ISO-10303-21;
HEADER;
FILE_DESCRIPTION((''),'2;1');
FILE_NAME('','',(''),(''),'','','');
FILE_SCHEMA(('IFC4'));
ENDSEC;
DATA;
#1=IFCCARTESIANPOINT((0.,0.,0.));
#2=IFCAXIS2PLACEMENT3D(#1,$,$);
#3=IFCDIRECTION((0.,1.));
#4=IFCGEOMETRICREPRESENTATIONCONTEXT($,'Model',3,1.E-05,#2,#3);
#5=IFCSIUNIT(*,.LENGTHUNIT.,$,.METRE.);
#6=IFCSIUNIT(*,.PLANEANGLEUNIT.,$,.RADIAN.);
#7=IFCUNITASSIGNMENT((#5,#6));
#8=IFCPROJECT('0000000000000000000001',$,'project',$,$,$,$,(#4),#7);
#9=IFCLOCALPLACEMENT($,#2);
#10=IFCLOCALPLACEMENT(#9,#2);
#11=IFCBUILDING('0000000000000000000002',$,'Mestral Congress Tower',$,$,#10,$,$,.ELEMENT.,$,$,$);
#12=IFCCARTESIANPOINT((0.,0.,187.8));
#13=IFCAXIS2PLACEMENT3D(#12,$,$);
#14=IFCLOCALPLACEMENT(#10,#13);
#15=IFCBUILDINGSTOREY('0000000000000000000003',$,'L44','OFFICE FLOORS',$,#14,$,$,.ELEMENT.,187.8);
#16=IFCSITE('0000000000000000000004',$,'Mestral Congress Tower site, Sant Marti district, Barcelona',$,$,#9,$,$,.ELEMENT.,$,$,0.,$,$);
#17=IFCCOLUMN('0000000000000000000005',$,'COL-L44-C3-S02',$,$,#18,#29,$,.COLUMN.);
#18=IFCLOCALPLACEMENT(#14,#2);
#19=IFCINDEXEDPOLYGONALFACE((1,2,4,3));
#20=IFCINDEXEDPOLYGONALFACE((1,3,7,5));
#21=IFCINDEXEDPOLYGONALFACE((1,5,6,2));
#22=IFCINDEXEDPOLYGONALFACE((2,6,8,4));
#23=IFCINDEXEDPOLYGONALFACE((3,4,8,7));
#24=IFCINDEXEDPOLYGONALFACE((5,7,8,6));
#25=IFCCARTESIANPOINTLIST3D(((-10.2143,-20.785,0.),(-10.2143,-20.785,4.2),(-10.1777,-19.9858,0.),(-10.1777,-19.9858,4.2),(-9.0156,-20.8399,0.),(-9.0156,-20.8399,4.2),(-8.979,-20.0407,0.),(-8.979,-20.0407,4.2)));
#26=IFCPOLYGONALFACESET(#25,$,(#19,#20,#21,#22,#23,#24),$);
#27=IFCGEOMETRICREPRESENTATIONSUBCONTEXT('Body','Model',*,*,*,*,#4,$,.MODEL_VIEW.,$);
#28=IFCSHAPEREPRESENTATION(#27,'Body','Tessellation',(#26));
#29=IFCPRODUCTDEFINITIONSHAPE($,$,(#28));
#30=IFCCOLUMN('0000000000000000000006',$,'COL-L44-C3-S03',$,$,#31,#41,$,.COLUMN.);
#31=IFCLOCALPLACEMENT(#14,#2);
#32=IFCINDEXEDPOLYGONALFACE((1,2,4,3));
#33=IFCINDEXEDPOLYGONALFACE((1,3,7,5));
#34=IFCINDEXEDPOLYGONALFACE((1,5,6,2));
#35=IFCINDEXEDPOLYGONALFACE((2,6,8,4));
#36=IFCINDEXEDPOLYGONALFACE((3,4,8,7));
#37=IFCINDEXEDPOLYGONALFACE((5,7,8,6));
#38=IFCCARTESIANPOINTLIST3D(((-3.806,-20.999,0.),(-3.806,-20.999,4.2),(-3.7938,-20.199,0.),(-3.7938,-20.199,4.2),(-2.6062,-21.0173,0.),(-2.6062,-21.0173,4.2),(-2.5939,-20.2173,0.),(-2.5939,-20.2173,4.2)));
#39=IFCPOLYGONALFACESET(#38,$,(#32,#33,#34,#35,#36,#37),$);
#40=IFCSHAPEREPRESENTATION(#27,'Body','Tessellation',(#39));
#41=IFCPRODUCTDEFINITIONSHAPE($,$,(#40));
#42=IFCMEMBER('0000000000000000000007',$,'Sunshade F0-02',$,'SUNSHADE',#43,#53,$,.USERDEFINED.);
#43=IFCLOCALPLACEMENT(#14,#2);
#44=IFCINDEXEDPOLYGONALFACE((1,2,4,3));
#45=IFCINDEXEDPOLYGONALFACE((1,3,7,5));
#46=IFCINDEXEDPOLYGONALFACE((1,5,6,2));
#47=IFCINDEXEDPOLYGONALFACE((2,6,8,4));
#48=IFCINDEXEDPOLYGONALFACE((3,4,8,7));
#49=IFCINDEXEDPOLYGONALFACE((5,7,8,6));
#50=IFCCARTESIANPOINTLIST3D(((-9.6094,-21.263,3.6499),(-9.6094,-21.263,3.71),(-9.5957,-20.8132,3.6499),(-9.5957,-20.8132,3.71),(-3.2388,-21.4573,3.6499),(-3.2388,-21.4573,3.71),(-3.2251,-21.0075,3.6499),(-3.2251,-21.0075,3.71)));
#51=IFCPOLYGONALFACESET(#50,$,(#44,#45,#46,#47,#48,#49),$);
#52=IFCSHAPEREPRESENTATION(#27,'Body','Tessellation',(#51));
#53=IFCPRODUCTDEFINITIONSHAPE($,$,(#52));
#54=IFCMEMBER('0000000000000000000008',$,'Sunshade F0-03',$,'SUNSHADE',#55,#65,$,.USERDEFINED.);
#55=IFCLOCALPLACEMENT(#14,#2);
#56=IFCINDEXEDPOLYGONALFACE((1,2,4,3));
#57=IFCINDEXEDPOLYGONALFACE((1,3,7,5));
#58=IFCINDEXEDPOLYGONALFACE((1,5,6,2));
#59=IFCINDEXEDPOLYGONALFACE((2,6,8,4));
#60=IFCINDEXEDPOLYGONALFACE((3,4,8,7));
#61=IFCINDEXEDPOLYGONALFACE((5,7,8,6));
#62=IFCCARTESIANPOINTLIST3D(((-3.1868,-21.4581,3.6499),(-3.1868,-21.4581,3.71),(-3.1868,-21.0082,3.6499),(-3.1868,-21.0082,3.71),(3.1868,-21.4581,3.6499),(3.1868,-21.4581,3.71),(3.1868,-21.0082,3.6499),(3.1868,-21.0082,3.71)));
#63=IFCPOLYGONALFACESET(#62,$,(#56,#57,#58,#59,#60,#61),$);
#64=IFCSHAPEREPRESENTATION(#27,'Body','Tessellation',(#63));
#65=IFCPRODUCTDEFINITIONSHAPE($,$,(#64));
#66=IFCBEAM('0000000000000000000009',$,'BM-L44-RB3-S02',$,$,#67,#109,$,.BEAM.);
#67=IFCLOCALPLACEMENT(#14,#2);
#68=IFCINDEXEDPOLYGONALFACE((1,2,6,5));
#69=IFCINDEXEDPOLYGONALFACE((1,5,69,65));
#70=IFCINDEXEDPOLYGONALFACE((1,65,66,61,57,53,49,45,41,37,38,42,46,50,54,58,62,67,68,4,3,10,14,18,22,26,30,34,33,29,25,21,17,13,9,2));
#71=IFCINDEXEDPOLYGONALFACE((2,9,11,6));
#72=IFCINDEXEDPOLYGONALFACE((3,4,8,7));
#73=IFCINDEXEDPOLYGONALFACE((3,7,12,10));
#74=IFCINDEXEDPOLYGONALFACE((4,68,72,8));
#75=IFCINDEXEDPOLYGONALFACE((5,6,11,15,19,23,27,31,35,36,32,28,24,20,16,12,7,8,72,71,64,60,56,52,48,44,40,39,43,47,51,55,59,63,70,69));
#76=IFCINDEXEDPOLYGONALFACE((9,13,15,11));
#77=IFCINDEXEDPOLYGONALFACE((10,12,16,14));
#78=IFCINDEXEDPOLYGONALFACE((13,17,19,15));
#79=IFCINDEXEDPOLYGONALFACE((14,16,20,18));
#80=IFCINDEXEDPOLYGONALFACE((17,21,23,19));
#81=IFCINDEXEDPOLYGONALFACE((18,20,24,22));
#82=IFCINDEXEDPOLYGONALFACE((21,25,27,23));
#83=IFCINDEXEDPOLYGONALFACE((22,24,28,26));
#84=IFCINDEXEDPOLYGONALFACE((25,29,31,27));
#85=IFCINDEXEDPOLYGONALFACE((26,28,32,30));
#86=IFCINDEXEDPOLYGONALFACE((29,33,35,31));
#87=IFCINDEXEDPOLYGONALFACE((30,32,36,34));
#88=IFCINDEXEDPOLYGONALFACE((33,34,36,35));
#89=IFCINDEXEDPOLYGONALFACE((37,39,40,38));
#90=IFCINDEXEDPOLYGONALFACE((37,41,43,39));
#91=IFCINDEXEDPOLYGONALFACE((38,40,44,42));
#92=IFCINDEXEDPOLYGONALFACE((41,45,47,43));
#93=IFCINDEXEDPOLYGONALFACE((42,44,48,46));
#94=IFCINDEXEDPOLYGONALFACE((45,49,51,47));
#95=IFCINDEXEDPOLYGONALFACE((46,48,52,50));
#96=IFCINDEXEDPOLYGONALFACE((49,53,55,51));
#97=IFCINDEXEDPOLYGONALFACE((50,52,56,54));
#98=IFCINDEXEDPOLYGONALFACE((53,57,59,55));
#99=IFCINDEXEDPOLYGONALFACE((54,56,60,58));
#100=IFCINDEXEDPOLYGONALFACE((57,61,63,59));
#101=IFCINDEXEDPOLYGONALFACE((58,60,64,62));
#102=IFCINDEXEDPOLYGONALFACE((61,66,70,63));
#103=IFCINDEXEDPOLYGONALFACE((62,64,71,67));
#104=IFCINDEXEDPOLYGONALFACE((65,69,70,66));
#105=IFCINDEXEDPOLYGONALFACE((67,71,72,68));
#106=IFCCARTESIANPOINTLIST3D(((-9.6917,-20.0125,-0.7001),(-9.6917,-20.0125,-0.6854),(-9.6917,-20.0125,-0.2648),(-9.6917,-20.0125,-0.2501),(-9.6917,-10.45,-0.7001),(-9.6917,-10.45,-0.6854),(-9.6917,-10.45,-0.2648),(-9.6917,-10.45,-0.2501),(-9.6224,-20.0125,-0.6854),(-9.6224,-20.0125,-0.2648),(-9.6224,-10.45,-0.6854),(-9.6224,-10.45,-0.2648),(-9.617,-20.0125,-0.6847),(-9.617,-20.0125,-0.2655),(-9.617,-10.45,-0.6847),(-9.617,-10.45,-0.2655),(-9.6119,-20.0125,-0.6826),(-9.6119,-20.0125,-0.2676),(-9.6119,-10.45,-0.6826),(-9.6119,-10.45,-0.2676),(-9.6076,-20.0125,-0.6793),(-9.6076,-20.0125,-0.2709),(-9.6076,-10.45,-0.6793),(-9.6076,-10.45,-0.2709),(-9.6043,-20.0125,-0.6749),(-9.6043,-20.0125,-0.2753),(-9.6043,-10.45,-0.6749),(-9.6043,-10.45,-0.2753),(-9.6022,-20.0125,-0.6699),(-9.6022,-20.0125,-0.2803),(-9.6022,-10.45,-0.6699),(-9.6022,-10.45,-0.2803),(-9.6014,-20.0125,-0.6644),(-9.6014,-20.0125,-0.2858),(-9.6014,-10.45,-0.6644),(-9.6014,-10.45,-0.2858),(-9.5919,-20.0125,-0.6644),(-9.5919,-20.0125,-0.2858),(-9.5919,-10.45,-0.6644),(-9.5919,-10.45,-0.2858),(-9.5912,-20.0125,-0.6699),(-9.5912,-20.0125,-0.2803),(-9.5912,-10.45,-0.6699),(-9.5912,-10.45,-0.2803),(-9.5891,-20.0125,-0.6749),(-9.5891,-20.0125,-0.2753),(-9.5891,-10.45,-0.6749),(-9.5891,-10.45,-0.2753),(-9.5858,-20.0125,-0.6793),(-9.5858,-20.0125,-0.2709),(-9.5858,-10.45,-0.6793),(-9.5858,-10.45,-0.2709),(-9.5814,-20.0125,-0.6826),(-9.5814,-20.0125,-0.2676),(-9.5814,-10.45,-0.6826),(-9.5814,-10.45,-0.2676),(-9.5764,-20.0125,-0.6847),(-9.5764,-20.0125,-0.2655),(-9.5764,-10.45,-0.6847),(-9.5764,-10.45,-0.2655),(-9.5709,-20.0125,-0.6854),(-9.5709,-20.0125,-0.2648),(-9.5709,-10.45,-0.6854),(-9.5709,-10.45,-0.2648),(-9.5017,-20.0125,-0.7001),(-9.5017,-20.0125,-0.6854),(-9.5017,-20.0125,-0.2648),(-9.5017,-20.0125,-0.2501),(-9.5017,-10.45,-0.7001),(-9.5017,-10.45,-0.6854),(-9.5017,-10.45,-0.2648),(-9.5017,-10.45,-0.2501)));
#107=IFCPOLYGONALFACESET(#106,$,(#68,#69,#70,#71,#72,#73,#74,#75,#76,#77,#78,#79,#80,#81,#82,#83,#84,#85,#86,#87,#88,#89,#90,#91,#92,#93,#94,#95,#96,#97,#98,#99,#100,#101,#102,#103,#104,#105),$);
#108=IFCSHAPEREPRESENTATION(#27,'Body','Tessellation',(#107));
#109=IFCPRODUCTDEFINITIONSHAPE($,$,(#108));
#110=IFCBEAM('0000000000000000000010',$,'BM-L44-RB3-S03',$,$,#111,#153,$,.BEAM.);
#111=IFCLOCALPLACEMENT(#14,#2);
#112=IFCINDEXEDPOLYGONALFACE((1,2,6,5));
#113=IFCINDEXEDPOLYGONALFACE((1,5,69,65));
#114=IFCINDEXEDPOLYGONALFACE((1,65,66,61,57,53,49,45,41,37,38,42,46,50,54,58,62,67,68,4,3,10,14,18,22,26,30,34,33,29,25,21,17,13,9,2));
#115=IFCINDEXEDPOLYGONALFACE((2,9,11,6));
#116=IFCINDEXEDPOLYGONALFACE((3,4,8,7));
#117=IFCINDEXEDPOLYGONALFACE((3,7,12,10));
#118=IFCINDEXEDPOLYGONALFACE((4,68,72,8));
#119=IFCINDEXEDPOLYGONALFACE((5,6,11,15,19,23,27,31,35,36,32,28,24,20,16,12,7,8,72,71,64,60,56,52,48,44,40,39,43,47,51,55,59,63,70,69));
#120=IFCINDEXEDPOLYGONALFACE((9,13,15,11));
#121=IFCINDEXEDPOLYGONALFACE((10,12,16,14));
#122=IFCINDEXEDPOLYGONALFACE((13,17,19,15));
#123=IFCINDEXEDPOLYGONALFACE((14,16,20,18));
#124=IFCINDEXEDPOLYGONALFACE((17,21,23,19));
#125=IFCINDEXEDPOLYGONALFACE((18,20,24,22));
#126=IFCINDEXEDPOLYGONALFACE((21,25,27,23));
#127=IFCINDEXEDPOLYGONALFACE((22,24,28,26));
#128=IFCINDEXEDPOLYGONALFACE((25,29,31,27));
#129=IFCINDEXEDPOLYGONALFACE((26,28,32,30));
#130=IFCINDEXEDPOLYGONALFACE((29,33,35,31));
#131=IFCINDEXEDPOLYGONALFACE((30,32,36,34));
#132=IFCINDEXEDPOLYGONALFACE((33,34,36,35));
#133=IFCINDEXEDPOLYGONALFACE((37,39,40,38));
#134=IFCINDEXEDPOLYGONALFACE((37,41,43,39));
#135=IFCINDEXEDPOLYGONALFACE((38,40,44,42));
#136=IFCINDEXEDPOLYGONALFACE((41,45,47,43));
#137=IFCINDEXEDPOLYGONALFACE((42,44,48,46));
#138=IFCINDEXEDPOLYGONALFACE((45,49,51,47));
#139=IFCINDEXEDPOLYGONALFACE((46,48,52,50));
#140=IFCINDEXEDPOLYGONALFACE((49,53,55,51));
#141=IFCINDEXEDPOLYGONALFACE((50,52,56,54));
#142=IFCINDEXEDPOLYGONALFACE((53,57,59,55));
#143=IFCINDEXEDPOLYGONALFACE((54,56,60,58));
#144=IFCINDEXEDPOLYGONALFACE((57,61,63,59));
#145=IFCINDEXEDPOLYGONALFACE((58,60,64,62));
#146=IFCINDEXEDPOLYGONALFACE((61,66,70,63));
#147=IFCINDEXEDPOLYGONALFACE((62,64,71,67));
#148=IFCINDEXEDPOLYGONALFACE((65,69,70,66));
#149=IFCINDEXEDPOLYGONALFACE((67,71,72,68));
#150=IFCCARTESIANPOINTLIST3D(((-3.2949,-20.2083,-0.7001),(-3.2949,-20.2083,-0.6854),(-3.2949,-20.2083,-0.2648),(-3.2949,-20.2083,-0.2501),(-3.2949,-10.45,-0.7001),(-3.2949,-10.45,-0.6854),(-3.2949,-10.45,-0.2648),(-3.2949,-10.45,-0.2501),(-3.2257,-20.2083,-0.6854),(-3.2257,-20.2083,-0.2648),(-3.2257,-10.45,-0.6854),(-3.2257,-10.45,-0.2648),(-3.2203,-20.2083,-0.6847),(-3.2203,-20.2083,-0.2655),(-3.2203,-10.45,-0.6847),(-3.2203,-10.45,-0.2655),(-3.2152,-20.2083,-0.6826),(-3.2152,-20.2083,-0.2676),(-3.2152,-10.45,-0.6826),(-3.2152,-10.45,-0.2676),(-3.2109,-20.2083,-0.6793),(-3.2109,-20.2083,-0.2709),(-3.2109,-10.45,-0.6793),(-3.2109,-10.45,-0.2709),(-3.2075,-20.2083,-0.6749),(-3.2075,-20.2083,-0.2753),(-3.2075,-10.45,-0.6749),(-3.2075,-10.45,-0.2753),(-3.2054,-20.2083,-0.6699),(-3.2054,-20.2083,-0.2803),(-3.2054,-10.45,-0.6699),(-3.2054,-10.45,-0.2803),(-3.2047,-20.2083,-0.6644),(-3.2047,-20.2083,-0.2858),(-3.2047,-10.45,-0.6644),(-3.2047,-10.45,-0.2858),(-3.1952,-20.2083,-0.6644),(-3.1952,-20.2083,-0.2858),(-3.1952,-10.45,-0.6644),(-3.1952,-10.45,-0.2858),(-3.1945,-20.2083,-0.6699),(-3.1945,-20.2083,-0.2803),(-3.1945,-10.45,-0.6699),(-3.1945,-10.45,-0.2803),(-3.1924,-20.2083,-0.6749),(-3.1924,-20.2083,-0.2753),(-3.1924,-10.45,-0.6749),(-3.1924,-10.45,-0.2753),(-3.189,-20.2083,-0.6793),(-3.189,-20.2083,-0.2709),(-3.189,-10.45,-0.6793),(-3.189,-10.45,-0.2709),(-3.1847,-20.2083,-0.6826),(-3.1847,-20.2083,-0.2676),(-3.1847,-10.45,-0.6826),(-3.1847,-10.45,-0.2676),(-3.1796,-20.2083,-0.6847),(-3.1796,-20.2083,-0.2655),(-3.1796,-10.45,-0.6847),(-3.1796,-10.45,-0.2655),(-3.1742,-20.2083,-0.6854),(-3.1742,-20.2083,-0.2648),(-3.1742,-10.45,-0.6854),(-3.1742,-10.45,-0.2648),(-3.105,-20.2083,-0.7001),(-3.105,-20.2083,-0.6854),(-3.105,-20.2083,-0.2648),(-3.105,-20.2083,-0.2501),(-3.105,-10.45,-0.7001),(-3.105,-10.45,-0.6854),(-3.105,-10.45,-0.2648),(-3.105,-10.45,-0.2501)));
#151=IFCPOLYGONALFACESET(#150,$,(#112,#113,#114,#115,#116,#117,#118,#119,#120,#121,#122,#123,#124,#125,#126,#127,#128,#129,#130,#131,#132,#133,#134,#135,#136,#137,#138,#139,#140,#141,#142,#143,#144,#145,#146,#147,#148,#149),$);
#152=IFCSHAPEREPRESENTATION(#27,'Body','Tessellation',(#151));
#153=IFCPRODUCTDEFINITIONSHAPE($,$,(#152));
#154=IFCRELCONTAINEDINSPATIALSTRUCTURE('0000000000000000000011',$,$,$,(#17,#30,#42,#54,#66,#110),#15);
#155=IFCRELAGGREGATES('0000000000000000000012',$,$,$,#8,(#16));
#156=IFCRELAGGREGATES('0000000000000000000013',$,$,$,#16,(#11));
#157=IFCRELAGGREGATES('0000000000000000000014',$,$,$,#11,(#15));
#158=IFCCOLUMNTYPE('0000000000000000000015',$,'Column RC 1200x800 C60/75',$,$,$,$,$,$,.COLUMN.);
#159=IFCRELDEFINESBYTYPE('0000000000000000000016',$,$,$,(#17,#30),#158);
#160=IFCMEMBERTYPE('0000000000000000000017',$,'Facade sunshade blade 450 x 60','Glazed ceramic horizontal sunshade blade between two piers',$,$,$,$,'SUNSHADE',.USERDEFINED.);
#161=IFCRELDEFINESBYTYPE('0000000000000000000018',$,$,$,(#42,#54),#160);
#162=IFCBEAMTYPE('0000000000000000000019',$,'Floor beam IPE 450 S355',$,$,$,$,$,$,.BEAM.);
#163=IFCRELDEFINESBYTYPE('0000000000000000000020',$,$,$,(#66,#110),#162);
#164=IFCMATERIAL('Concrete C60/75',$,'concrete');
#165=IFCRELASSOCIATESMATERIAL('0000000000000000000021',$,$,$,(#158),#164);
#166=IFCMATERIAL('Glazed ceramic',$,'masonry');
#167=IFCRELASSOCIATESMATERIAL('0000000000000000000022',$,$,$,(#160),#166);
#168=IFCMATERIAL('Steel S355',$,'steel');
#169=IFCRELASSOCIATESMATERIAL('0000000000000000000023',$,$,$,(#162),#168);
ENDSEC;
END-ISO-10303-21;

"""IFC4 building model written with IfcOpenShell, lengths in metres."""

from ifc_helpers import new_model, si_unit, direction, frame, origin, origin_2d, place, context, subcontext, project, spatial, rectangle, i_section, extrude, material, material_profile, profile_set, type_object, element, save


model = new_model("IFC4")

# Units and contexts
model_context = context("Model", 3, precision=1e-05, world=origin(), true_north=direction((0.0, 1.0)))
body_context = subcontext(model_context, "Body", "Model", "MODEL_VIEW")
ifc_project = project(units=[si_unit("LENGTHUNIT", "METRE"), si_unit("PLANEANGLEUNIT", "RADIAN")], contexts=[model_context])

# Site, building, storey
site_placement = place(None, origin())
site = spatial("IfcSite", under=ifc_project, at=site_placement, Name="Mestral Congress Tower site, Sant Marti district, Barcelona", CompositionType="ELEMENT", RefElevation=0.0)
building_placement = place(site_placement, origin())
building = spatial("IfcBuilding", under=site, at=building_placement, Name="Mestral Congress Tower", CompositionType="ELEMENT")
storey_placement = place(building_placement, frame((0.0, 0.0, 187.8)))
storey = spatial("IfcBuildingStorey", under=building, at=storey_placement, Name="L44", Description="OFFICE FLOORS", CompositionType="ELEMENT", Elevation=187.8)

# Columns
ifc_material_1 = material(Name="Concrete C60/75", Category="concrete")
ifc_material_profile_1 = material_profile(ifc_material_1, rectangle(XDim=1.2, YDim=0.8, at=origin_2d()), Name="RC 1200x800")
ifc_profile_set_1 = profile_set([ifc_material_profile_1], Name="Concrete C60/75")
column_type = type_object("IfcColumnType", Name="Column RC 1200x800 C60/75", PredefinedType="COLUMN", material=ifc_profile_set_1)
for number, where, z_axis, x_axis, name in (
    (1, (-9.5967, -20.4128, 0.0), (0.0, 0.0, 1.0), (0.998952, -0.045771, 0.0), "COL-L44-C3-S02"),
    (2, (-3.2, -20.6082, 0.0), (0.0, 0.0, 1.0), (0.999884, -0.015262, 0.0), "COL-L44-C3-S03"),
):
    element("IfcColumn", number, at=place(storey_placement, frame(where, z_axis=z_axis, x_axis=x_axis)), inside=storey, type_object=column_type, Name=name, PredefinedType="COLUMN", context=body_context, shape_type="SweptSolid", body=[
        extrude(rectangle(XDim=1.2, YDim=0.8, at=origin_2d()), origin(), (0.0, 0.0, 1.0), 4.2),
    ])

# Members
ifc_material_2 = material(Name="Glazed ceramic", Category="masonry")
ifc_material_profile_2 = material_profile(ifc_material_2, rectangle(XDim=0.45, YDim=0.0601, at=origin_2d()), Name="Ceramic blade 450 x 60")
ifc_profile_set_2 = profile_set([ifc_material_profile_2], Name="Glazed ceramic")
member_type = type_object("IfcMemberType", Name="Facade sunshade blade 450 x 60", Description="Glazed ceramic horizontal sunshade blade between two piers", ElementType="SUNSHADE", PredefinedType="USERDEFINED", material=ifc_profile_set_2)
for number, where, z_axis, x_axis, name in (
    (3, (-9.6025, -21.0381, 3.6799), (0.999535, -0.030491, 0.0), (0.030491, 0.999535, 0.0), "Sunshade F0-02"),
    (4, (-3.1868, -21.2332, 3.6799), (1.0, 0.0, 0.0), (0.0, 1.0, 0.0), "Sunshade F0-03"),
):
    element("IfcMember", number, at=place(storey_placement, frame(where, z_axis=z_axis, x_axis=x_axis)), inside=storey, type_object=member_type, Name=name, ObjectType="SUNSHADE", PredefinedType="USERDEFINED", context=body_context, shape_type="SweptSolid", body=[
        extrude(rectangle(XDim=0.45, YDim=0.0601, at=origin_2d()), origin(), (0.0, 0.0, 1.0), 6.3735),
    ])

# Beams
ifc_material_3 = material(Name="Steel S355", Category="steel")
ifc_material_profile_3 = material_profile(ifc_material_3, i_section(OverallWidth=0.1899, OverallDepth=0.45, WebThickness=0.0095, FlangeThickness=0.0146, FilletRadius=0.021, at=origin_2d()), Name="IPE 450")
ifc_profile_set_3 = profile_set([ifc_material_profile_3], Name="Steel S355")
beam_type_1 = type_object("IfcBeamType", Name="Floor beam IPE 450 S355", PredefinedType="BEAM", material=ifc_profile_set_3)
beam_1_placement = place(storey_placement, frame((-9.5967, -20.0125, -0.4751), z_axis=(0.0, 1.0, 0.0), x_axis=(-1.0, 0.0, 0.0)))
element("IfcBeam", 5, at=beam_1_placement, inside=storey, type_object=beam_type_1, Name="BM-L44-RB3-S02", PredefinedType="BEAM", context=body_context, shape_type="SweptSolid", body=[
    extrude(i_section(OverallWidth=0.1899, OverallDepth=0.45, WebThickness=0.0095, FlangeThickness=0.0146, FilletRadius=0.021, at=origin_2d()), origin(), (0.0, 0.0, 1.0), 9.5625),
])
beam_2_placement = place(storey_placement, frame((-3.2, -20.2083, -0.4751), z_axis=(0.0, 1.0, 0.0), x_axis=(-1.0, 0.0, 0.0)))
element("IfcBeam", 6, at=beam_2_placement, inside=storey, type_object=beam_type_1, Name="BM-L44-RB3-S03", PredefinedType="BEAM", context=body_context, shape_type="SweptSolid", body=[
    extrude(i_section(OverallWidth=0.1899, OverallDepth=0.45, WebThickness=0.0095, FlangeThickness=0.0146, FilletRadius=0.021, at=origin_2d()), origin(), (0.0, 0.0, 1.0), 9.7583),
])

save(model, "model.ifc")
